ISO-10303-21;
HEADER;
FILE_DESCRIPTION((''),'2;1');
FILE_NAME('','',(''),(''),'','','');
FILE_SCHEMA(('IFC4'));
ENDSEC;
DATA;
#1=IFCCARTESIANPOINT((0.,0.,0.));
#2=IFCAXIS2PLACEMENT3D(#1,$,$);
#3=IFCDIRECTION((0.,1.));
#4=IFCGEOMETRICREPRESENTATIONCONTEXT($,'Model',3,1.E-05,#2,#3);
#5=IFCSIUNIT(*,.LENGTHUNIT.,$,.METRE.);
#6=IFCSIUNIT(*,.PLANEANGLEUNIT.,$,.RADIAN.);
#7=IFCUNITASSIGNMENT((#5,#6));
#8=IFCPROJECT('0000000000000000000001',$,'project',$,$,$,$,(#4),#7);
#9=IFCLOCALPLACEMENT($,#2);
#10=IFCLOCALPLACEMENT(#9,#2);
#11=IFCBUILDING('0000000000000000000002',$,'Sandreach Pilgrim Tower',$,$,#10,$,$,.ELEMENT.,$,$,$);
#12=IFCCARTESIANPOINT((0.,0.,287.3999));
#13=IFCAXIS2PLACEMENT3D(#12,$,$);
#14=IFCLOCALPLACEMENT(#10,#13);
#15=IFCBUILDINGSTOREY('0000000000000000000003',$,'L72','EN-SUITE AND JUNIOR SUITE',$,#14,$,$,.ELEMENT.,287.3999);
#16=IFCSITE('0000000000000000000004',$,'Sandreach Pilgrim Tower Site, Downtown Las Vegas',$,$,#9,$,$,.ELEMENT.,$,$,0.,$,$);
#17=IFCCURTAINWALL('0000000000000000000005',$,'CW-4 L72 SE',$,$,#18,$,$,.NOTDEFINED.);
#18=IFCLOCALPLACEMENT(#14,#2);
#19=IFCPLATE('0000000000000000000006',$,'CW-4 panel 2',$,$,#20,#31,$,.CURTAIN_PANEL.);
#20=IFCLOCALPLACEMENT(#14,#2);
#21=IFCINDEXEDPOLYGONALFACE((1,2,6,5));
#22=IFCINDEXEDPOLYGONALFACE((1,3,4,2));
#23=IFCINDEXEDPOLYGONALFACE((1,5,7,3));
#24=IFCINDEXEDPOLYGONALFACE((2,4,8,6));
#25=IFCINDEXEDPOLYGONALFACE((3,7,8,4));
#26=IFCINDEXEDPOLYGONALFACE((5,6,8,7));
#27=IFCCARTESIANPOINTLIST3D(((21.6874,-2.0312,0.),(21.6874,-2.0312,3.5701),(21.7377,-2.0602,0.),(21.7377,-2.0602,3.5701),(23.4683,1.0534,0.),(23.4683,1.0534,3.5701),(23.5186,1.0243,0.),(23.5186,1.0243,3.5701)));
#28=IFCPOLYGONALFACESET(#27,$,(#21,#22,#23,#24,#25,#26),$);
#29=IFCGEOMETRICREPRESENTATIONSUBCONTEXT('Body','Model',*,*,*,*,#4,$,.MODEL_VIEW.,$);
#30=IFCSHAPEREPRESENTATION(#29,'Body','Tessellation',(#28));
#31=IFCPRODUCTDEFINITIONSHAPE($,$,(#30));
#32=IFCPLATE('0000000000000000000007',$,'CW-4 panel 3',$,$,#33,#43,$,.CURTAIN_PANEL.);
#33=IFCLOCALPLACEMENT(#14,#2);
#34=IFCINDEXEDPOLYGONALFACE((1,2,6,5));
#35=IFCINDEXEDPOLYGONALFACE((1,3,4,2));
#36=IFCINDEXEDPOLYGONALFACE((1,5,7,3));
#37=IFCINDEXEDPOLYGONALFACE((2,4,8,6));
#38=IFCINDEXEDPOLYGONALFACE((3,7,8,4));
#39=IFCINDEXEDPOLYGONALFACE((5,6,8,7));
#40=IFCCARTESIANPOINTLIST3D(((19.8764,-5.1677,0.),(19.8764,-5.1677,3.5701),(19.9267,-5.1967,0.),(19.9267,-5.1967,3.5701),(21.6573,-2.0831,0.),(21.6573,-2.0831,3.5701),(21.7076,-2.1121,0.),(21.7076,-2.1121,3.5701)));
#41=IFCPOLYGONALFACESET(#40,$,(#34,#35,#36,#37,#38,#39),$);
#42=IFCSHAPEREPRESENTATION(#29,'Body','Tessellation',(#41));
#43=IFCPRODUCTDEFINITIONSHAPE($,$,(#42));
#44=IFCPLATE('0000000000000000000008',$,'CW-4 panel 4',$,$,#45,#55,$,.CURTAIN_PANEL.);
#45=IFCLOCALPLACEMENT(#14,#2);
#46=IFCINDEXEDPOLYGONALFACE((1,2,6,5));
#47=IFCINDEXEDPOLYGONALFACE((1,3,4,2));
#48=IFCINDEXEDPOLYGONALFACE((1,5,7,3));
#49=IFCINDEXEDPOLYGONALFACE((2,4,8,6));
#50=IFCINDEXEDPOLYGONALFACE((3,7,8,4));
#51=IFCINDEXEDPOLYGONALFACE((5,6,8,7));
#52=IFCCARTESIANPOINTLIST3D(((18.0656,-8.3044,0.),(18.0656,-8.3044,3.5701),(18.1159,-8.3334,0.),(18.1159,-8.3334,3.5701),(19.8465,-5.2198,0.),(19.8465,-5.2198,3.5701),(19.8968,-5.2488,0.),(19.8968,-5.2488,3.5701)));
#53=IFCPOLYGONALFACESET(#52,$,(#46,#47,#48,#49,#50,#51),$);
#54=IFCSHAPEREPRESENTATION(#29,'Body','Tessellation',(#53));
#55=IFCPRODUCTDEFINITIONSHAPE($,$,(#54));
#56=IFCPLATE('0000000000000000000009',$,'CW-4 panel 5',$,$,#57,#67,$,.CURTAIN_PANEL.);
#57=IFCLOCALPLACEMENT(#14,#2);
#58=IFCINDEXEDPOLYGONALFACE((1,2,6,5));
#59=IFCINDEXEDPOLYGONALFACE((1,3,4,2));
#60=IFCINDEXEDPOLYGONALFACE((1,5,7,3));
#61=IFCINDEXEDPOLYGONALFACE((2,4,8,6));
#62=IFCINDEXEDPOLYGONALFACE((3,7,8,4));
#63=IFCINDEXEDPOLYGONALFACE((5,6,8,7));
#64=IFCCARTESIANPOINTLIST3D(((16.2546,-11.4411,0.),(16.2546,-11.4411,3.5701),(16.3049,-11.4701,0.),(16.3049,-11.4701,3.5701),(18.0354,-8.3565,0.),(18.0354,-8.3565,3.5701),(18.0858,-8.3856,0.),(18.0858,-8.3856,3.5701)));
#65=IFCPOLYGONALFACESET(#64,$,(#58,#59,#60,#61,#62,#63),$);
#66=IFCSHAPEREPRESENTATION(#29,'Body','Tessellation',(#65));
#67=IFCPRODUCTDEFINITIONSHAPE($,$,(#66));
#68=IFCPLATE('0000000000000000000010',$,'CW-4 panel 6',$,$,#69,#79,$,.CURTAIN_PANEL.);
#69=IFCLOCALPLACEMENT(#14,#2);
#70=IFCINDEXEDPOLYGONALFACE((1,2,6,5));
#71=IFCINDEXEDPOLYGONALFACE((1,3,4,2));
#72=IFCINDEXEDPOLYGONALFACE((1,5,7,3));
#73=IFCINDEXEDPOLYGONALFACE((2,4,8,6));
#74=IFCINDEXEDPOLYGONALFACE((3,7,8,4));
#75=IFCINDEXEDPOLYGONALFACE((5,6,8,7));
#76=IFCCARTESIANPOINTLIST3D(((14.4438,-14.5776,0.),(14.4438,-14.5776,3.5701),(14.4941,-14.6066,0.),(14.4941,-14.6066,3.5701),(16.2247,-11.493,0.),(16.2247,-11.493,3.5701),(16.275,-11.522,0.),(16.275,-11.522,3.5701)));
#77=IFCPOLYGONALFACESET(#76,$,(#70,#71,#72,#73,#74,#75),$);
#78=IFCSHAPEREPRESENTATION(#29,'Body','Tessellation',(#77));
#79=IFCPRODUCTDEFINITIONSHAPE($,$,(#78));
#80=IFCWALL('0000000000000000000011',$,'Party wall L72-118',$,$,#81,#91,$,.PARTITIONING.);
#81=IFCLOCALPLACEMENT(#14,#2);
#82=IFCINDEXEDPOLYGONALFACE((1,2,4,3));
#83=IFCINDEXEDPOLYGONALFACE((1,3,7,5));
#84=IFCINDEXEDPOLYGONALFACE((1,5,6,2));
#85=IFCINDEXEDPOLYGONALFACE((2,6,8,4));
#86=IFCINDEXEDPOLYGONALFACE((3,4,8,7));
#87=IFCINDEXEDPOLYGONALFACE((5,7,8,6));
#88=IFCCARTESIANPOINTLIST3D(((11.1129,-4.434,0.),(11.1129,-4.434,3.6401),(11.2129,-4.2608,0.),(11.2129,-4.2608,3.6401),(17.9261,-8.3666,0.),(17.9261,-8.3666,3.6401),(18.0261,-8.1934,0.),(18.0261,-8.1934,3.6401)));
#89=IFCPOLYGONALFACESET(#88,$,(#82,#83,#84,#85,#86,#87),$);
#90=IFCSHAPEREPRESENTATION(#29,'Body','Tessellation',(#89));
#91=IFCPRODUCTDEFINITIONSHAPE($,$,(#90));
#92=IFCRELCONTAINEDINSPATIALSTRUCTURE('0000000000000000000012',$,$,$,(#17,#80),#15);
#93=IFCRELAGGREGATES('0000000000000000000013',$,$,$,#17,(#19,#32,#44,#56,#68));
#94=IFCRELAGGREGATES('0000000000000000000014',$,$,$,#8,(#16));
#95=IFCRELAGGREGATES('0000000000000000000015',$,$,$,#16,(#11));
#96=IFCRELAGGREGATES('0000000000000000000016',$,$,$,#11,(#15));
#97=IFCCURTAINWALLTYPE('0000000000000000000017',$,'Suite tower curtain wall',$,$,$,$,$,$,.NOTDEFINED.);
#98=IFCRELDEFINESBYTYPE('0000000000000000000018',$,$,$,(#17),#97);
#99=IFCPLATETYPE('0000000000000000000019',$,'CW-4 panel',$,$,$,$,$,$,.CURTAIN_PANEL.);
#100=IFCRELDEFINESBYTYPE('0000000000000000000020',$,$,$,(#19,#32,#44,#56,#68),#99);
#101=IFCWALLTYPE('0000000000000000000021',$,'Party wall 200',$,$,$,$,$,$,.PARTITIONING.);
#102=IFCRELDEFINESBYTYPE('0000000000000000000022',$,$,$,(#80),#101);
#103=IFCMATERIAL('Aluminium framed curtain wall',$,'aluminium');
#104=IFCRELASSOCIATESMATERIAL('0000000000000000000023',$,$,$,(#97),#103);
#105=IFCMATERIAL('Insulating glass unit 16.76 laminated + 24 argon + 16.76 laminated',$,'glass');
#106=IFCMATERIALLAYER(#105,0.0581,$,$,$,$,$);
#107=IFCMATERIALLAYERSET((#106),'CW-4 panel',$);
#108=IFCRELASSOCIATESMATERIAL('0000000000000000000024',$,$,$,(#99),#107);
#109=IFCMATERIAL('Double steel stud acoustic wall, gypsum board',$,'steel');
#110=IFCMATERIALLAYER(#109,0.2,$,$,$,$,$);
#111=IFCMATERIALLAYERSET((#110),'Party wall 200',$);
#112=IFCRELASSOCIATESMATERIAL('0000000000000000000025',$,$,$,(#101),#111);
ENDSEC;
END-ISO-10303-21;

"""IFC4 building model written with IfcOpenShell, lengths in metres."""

from ifc_helpers import new_model, si_unit, direction, frame, frame_2d, origin, origin_2d, place, context, subcontext, project, spatial, rectangle, extrude, material, layer, layer_set, type_object, element, aggregate, save


model = new_model("IFC4")

# Units and contexts
model_context = context("Model", 3, precision=1e-05, world=origin(), true_north=direction((0.0, 1.0)))
body_context = subcontext(model_context, "Body", "Model", "MODEL_VIEW")
ifc_project = project(units=[si_unit("LENGTHUNIT", "METRE"), si_unit("PLANEANGLEUNIT", "RADIAN")], contexts=[model_context])

# Site, building, storey
site_placement = place(None, origin())
site = spatial("IfcSite", under=ifc_project, at=site_placement, Name="Sandreach Pilgrim Tower Site, Downtown Las Vegas", CompositionType="ELEMENT", RefElevation=0.0)
building_placement = place(site_placement, origin())
building = spatial("IfcBuilding", under=site, at=building_placement, Name="Sandreach Pilgrim Tower", CompositionType="ELEMENT")
storey_placement = place(building_placement, frame((0.0, 0.0, 287.3999)))
storey = spatial("IfcBuildingStorey", under=building, at=storey_placement, Name="L72", Description="EN-SUITE AND JUNIOR SUITE", CompositionType="ELEMENT", Elevation=287.3999)

# Curtain wall
ifc_material_1 = material(Name="Aluminium framed curtain wall", Category="aluminium")
curtain_wall_type = type_object("IfcCurtainWallType", Name="Suite tower curtain wall", PredefinedType="NOTDEFINED", material=ifc_material_1)
curtain_wall_placement = place(storey_placement, origin())
curtain_wall = element("IfcCurtainWall", 1, at=curtain_wall_placement, inside=storey, type_object=curtain_wall_type, Name="CW-4 L72 SE", PredefinedType="NOTDEFINED")

# Plates
ifc_material_2 = material(Name="Insulating glass unit 16.76 laminated + 24 argon + 16.76 laminated", Category="glass")
ifc_layer_1 = layer(ifc_material_2, 0.0581)
ifc_layer_set_1 = layer_set([ifc_layer_1], Name="CW-4 panel")
plate_type = type_object("IfcPlateType", Name="CW-4 panel", PredefinedType="CURTAIN_PANEL", material=ifc_layer_set_1)
plate_1_placement = place(storey_placement, frame((22.603, -0.5034, 0.0), z_axis=(0.0, 0.0, 1.0), x_axis=(-0.5, -0.866025, 0.0)))
plate_1 = element("IfcPlate", 2, at=plate_1_placement, type_object=plate_type, Name="CW-4 panel 2", PredefinedType="CURTAIN_PANEL", context=body_context, shape_type="SweptSolid", body=[
    extrude(rectangle(XDim=3.5618, YDim=0.0581, at=origin_2d()), origin(), (0.0, 0.0, 1.0), 3.5701),
])
plate_2_placement = place(storey_placement, frame((20.792, -3.6399, 0.0), z_axis=(0.0, 0.0, 1.0), x_axis=(-0.5, -0.866025, 0.0)))
plate_2 = element("IfcPlate", 3, at=plate_2_placement, type_object=plate_type, Name="CW-4 panel 3", PredefinedType="CURTAIN_PANEL", context=body_context, shape_type="SweptSolid", body=[
    extrude(rectangle(XDim=3.5618, YDim=0.0581, at=origin_2d()), origin(), (0.0, 0.0, 1.0), 3.5701),
])
plate_3_placement = place(storey_placement, frame((18.9812, -6.7766, 0.0), z_axis=(0.0, 0.0, 1.0), x_axis=(-0.5, -0.866025, 0.0)))
plate_3 = element("IfcPlate", 4, at=plate_3_placement, type_object=plate_type, Name="CW-4 panel 4", PredefinedType="CURTAIN_PANEL", context=body_context, shape_type="SweptSolid", body=[
    extrude(rectangle(XDim=3.5618, YDim=0.0581, at=origin_2d()), origin(), (0.0, 0.0, 1.0), 3.5701),
])
plate_4_placement = place(storey_placement, frame((17.1702, -9.9133, 0.0), z_axis=(0.0, 0.0, 1.0), x_axis=(-0.5, -0.866025, 0.0)))
plate_4 = element("IfcPlate", 5, at=plate_4_placement, type_object=plate_type, Name="CW-4 panel 5", PredefinedType="CURTAIN_PANEL", context=body_context, shape_type="SweptSolid", body=[
    extrude(rectangle(XDim=3.5618, YDim=0.0581, at=origin_2d()), origin(), (0.0, 0.0, 1.0), 3.5701),
])
plate_5_placement = place(storey_placement, frame((15.3594, -13.0498, 0.0), z_axis=(0.0, 0.0, 1.0), x_axis=(-0.5, -0.866025, 0.0)))
plate_5 = element("IfcPlate", 6, at=plate_5_placement, type_object=plate_type, Name="CW-4 panel 6", PredefinedType="CURTAIN_PANEL", context=body_context, shape_type="SweptSolid", body=[
    extrude(rectangle(XDim=3.5618, YDim=0.0581, at=origin_2d()), origin(), (0.0, 0.0, 1.0), 3.5701),
])
aggregate(curtain_wall, [plate_1, plate_2, plate_3, plate_4, plate_5])

# Wall
ifc_material_3 = material(Name="Double steel stud acoustic wall, gypsum board", Category="steel")
ifc_layer_2 = layer(ifc_material_3, 0.2)
ifc_layer_set_2 = layer_set([ifc_layer_2], Name="Party wall 200")
wall_type = type_object("IfcWallType", Name="Party wall 200", PredefinedType="PARTITIONING", material=ifc_layer_set_2)
wall_placement = place(storey_placement, frame((17.9761, -8.28, 0.0), z_axis=(0.0, 0.0, 1.0), x_axis=(-0.866081, 0.499904, 0.0)))
element("IfcWall", 7, at=wall_placement, inside=storey, type_object=wall_type, Name="Party wall L72-118", PredefinedType="PARTITIONING", context=body_context, shape_type="SweptSolid", body=[
    extrude(rectangle(XDim=7.8667, YDim=0.2, at=frame_2d((3.9333, 0.0))), origin(), (0.0, 0.0, 1.0), 3.6401),
])

save(model, "model.ifc")
